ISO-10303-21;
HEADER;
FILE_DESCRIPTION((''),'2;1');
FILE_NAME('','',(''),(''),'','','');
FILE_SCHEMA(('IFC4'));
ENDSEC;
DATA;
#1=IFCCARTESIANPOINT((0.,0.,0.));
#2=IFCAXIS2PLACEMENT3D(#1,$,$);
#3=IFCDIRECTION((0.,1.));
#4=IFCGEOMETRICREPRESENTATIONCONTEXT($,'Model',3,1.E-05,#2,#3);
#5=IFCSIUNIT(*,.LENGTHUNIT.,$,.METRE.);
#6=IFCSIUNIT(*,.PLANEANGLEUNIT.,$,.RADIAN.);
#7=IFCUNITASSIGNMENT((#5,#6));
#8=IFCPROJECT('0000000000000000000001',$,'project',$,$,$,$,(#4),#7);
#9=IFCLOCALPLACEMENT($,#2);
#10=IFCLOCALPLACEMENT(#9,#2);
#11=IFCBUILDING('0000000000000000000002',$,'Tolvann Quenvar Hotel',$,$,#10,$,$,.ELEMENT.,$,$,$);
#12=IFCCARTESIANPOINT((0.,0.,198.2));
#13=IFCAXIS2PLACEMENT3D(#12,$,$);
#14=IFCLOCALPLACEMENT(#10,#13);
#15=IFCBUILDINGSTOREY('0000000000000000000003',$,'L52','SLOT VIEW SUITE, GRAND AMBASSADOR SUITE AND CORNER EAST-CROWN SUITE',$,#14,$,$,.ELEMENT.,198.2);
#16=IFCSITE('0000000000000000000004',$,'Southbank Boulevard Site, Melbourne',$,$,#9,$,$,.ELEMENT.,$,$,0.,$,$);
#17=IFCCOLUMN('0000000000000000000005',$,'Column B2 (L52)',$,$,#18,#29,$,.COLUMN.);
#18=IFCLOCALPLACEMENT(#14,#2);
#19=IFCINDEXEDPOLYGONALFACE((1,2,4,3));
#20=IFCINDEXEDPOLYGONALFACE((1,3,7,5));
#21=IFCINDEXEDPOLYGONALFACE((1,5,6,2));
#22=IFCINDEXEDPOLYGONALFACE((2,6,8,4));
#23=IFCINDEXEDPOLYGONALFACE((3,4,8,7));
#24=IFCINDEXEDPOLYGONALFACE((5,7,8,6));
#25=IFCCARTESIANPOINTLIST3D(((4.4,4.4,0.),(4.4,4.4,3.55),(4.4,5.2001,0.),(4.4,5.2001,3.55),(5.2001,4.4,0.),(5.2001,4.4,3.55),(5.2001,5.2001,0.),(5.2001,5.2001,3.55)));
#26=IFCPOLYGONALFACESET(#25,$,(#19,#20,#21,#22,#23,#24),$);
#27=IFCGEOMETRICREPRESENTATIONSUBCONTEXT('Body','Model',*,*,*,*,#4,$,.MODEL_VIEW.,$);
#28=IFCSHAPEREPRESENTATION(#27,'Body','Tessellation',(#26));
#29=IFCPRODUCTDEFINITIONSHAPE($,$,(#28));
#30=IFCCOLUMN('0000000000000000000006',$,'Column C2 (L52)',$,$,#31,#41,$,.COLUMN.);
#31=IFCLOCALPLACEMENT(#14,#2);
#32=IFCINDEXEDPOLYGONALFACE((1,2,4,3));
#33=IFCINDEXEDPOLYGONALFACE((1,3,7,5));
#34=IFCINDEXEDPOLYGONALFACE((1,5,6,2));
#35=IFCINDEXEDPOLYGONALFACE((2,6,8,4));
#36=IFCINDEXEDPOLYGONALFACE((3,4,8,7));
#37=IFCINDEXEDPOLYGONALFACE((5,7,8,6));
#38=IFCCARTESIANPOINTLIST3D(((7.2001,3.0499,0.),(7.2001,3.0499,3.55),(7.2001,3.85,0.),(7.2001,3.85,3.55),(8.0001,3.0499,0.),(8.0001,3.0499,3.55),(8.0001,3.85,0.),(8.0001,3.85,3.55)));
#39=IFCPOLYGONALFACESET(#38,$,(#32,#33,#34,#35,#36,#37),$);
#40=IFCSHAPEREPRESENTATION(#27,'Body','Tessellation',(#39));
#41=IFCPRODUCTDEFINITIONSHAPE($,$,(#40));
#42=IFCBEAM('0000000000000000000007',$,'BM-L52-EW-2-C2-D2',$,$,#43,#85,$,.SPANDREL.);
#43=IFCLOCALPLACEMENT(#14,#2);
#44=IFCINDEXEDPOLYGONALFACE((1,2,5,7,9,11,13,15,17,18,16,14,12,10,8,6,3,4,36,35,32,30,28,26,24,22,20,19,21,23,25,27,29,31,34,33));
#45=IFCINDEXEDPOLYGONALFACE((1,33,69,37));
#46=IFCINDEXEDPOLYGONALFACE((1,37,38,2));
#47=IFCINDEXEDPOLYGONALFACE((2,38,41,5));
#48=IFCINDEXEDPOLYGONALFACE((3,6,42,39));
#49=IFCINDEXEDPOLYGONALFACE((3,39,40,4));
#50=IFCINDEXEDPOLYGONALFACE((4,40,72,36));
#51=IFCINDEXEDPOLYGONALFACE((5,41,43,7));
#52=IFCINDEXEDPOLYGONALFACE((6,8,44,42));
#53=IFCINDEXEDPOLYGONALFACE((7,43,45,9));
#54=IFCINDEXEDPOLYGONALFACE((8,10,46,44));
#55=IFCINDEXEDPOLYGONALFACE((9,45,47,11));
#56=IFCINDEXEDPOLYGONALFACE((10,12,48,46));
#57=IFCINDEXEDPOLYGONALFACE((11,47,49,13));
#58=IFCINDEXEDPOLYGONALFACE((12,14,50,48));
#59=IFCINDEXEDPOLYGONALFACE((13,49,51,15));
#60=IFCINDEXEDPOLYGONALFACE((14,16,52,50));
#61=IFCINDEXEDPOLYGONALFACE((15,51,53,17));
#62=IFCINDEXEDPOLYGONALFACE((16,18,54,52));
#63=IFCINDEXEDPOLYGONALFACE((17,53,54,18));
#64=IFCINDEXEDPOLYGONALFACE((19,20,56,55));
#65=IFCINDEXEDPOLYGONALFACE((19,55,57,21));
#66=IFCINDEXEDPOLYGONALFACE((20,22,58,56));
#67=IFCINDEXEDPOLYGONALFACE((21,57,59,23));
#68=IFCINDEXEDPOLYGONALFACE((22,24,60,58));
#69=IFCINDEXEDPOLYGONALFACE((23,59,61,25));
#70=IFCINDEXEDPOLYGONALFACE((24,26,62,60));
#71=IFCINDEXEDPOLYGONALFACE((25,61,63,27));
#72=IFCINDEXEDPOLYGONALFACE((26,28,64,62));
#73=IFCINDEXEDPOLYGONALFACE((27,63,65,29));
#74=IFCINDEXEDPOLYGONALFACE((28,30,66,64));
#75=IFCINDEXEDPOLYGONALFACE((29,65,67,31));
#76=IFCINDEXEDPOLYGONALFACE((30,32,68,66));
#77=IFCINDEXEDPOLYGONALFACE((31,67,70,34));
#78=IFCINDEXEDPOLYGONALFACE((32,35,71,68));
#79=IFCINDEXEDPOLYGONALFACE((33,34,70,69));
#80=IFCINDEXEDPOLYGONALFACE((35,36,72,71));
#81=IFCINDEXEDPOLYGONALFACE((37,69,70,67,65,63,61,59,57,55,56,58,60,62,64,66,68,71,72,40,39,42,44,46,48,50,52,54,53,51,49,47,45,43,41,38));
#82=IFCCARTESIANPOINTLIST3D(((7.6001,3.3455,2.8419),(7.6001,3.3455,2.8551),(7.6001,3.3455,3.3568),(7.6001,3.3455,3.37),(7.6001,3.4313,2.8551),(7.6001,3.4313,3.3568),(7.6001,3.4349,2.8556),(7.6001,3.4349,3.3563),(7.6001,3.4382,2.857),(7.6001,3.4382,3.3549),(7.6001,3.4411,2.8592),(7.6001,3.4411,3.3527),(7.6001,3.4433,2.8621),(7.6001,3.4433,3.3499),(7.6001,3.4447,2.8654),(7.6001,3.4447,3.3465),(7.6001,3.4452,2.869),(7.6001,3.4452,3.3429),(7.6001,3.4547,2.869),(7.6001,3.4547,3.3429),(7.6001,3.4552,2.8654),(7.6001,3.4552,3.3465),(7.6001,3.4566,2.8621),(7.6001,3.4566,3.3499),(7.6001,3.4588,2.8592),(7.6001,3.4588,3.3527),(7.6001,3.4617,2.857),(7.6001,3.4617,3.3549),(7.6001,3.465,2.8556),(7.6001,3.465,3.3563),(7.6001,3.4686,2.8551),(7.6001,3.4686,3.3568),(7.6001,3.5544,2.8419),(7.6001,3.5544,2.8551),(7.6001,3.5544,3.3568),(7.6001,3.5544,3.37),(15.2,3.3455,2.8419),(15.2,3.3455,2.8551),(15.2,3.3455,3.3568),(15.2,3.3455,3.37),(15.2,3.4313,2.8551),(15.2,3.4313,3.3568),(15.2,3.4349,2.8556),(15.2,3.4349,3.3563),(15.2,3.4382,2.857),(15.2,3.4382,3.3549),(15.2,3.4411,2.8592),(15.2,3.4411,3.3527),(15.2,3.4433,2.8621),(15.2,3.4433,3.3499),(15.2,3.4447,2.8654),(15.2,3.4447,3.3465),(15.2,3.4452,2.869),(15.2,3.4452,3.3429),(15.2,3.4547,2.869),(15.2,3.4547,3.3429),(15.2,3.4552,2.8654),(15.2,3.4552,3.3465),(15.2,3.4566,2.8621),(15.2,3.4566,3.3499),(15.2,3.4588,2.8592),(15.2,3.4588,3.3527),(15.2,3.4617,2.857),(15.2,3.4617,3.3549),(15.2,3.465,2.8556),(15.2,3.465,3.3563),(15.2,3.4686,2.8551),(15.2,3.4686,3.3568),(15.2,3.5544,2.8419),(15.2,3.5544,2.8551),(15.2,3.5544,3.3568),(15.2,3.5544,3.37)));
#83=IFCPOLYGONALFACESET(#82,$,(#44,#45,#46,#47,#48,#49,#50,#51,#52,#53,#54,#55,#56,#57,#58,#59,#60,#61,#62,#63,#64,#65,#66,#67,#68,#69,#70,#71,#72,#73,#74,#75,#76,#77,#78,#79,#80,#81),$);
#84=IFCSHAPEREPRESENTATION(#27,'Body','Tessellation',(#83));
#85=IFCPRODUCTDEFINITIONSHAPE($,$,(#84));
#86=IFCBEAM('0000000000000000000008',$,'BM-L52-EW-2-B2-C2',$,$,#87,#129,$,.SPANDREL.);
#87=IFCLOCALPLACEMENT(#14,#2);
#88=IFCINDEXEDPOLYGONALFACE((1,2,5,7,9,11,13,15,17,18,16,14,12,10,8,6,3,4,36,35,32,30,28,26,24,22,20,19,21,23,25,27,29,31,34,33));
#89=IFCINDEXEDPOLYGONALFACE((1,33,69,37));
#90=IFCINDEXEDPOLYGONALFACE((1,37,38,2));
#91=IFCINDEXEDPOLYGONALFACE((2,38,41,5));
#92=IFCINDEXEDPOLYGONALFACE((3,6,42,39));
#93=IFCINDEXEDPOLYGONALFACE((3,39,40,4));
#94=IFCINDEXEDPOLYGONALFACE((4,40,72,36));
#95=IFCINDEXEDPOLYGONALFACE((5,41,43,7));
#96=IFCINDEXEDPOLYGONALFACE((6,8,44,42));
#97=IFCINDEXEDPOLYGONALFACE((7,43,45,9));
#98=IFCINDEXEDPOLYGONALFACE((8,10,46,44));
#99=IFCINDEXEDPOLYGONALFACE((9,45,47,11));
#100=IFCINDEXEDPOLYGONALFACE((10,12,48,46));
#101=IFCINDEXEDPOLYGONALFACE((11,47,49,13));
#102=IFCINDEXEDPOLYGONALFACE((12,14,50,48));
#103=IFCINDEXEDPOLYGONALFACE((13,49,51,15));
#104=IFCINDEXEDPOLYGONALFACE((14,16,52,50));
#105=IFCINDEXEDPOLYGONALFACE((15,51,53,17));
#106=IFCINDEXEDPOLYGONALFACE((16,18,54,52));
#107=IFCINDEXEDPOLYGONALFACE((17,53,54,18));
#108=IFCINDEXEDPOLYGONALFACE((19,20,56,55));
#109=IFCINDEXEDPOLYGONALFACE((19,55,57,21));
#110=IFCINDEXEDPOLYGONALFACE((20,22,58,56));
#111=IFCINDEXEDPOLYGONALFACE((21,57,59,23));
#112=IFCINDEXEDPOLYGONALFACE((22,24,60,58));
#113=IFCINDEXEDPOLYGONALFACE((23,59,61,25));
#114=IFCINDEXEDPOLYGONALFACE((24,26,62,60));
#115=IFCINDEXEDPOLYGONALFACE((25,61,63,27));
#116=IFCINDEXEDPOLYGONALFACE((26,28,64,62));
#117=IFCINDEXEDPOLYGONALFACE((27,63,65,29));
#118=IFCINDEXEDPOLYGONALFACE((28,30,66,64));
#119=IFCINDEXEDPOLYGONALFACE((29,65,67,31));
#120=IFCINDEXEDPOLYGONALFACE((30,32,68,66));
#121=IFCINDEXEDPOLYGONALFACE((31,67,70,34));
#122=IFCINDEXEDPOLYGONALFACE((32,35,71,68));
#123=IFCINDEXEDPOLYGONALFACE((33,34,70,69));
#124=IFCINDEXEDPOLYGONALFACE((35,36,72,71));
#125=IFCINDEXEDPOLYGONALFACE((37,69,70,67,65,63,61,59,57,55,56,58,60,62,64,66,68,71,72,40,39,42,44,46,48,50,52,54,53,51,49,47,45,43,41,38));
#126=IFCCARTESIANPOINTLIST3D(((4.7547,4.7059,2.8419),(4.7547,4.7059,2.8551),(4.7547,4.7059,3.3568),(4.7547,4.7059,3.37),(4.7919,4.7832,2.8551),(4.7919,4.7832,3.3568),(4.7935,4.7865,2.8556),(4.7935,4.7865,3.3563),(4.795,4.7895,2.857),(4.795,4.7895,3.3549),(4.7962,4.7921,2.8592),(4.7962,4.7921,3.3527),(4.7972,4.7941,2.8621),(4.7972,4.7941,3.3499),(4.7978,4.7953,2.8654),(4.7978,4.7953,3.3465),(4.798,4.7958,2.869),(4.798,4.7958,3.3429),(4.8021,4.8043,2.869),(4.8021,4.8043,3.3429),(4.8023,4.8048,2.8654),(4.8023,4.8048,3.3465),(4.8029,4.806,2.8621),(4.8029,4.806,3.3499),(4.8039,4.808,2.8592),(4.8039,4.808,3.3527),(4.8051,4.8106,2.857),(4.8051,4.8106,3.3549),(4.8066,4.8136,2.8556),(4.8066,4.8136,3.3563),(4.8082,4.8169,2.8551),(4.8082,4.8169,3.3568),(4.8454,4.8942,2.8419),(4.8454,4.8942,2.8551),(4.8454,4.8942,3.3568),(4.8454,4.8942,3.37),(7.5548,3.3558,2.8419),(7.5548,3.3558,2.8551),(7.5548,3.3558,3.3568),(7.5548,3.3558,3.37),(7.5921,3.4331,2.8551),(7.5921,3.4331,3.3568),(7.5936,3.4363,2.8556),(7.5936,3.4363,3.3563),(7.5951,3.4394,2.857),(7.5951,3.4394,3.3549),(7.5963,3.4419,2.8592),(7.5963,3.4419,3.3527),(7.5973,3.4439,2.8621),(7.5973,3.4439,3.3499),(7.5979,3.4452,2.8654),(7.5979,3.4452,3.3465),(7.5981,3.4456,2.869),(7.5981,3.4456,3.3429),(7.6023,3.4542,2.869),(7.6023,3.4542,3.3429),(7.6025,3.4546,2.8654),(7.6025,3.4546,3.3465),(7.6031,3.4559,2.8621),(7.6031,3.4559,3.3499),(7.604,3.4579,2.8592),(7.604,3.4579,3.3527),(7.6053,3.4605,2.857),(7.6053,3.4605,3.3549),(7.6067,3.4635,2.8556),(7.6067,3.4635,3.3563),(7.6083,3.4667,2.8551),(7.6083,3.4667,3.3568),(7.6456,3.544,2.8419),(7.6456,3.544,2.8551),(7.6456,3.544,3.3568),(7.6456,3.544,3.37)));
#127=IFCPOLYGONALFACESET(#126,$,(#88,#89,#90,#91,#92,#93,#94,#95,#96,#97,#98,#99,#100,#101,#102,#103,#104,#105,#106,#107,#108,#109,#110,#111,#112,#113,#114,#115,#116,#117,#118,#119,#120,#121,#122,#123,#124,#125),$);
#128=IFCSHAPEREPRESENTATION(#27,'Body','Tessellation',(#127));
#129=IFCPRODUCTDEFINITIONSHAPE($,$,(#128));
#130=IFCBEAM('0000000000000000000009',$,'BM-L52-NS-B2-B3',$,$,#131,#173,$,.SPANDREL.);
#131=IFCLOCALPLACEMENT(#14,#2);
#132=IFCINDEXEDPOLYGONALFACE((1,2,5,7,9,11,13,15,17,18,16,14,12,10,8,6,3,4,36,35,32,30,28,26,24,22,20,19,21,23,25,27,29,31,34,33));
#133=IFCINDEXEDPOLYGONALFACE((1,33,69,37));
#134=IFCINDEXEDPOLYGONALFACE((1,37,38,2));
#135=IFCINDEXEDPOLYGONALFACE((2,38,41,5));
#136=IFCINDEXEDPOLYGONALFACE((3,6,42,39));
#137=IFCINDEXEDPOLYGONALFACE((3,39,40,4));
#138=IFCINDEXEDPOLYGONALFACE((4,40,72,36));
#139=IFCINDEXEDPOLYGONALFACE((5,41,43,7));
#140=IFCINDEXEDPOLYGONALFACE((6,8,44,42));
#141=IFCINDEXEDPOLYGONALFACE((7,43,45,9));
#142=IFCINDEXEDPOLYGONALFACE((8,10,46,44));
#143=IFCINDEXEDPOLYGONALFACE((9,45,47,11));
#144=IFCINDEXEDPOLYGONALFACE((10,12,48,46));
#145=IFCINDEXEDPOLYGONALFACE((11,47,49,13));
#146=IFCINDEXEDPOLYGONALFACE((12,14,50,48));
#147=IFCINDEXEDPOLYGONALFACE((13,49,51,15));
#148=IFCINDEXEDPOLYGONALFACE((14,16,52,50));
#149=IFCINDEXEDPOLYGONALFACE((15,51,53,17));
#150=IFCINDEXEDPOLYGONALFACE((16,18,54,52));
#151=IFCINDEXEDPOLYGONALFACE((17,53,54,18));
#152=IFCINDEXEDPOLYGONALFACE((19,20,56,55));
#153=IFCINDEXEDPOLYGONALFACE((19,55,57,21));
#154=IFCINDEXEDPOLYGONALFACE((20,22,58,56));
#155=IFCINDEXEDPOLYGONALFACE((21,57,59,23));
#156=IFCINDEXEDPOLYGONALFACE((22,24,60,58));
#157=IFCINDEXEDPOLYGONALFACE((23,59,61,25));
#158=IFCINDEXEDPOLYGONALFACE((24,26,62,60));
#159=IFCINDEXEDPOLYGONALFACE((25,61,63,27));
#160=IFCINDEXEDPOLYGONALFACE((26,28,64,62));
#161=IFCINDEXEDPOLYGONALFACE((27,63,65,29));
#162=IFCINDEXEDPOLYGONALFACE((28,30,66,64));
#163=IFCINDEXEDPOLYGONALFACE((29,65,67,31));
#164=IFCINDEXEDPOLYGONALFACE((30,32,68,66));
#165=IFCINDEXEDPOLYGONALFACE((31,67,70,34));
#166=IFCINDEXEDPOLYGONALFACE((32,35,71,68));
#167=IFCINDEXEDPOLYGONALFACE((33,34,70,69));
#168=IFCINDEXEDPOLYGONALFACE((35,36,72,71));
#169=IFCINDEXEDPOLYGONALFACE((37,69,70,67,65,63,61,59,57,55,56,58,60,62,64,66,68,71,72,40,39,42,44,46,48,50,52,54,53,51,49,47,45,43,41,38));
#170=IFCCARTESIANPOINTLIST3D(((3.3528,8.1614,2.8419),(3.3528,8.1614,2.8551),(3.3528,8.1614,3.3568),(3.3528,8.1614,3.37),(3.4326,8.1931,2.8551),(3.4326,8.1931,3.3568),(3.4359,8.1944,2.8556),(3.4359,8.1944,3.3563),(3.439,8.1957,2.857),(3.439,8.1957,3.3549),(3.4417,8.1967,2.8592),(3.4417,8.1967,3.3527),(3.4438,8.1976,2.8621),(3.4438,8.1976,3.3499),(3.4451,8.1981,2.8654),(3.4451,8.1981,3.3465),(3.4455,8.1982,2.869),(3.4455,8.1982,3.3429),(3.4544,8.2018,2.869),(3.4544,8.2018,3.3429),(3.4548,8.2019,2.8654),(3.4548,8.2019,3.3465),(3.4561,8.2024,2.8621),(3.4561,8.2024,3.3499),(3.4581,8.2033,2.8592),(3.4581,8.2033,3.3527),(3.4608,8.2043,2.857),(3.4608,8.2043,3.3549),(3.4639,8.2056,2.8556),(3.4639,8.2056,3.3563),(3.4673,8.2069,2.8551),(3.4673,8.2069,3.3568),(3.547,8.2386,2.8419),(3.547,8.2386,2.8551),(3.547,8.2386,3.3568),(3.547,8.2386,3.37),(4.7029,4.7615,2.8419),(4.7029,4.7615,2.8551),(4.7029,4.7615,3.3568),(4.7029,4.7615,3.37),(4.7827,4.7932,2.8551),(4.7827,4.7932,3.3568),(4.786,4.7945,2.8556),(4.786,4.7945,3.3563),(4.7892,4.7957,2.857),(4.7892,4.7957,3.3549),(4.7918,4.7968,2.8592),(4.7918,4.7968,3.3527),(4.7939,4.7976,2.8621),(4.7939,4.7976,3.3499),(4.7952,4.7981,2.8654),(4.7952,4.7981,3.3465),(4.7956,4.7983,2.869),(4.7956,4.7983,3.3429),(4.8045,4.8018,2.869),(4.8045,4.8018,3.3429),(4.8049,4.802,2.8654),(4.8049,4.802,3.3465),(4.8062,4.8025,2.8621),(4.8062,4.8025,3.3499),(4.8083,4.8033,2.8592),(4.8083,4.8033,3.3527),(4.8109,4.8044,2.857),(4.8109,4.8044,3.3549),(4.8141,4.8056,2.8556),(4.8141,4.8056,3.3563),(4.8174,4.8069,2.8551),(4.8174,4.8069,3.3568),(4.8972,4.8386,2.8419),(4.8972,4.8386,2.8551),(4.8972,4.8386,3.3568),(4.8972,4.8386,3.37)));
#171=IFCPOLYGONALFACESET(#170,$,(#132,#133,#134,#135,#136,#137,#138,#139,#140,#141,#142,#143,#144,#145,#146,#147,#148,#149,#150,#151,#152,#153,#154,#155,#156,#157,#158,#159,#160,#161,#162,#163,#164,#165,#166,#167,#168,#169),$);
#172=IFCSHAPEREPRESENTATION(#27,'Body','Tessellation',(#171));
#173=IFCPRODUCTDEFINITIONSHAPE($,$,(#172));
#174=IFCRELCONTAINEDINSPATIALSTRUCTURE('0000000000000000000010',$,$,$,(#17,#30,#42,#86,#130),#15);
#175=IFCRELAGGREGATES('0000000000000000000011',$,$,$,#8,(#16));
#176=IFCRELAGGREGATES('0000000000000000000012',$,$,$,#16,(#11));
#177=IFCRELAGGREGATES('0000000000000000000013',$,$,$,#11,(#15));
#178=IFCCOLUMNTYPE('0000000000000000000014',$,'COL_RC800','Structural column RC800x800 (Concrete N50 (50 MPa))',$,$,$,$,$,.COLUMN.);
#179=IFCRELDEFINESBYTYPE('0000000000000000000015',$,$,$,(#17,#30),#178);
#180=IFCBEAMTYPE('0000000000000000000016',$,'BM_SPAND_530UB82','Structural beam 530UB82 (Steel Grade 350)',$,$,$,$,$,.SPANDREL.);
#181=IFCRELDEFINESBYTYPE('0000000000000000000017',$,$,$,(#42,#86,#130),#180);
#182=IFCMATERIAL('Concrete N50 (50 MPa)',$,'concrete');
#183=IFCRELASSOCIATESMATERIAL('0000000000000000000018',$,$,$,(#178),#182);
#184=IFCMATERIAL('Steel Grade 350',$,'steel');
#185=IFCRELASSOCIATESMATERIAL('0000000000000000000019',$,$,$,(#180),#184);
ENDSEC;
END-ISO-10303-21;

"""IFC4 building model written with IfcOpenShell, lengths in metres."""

from ifc_helpers import new_model, si_unit, direction, frame, origin, origin_2d, place, context, subcontext, project, spatial, rectangle, i_section, extrude, source, transform, mapped, material, material_profile, profile_set, type_object, type_shapes, element, save


model = new_model("IFC4")

# Units and contexts
model_context = context("Model", 3, precision=1e-05, world=origin(), true_north=direction((0.0, 1.0)))
body_context = subcontext(model_context, "Body", "Model", "MODEL_VIEW")
ifc_project = project(units=[si_unit("LENGTHUNIT", "METRE"), si_unit("PLANEANGLEUNIT", "RADIAN")], contexts=[model_context])

# Site, building, storey
site_placement = place(None, origin())
site = spatial("IfcSite", under=ifc_project, at=site_placement, Name="Southbank Boulevard Site, Melbourne", CompositionType="ELEMENT", RefElevation=0.0)
building_placement = place(site_placement, origin())
building = spatial("IfcBuilding", under=site, at=building_placement, Name="Tolvann Quenvar Hotel", CompositionType="ELEMENT")
storey_placement = place(building_placement, frame((0.0, 0.0, 198.2)))
storey = spatial("IfcBuildingStorey", under=building, at=storey_placement, Name="L52", Description="SLOT VIEW SUITE, GRAND AMBASSADOR SUITE AND CORNER EAST-CROWN SUITE", CompositionType="ELEMENT", Elevation=198.2)

# Columns
ifc_material_1 = material(Name="Concrete N50 (50 MPa)", Category="concrete")
ifc_material_profile_1 = material_profile(ifc_material_1, rectangle(XDim=0.8, YDim=0.8, at=origin_2d()), Name="RC800x800")
ifc_profile_set_1 = profile_set([ifc_material_profile_1], Name="Concrete N50 (50 MPa)")
column_type = type_object("IfcColumnType", Name="COL_RC800", Description="Structural column RC800x800 (Concrete N50 (50 MPa))", PredefinedType="COLUMN", material=ifc_profile_set_1)
shared_shape_1 = source(origin(), body_context, "Body", "SweptSolid", [
    extrude(rectangle(XDim=0.8, YDim=0.8, at=origin_2d()), origin(), (0.0, 0.0, 1.0), 3.55),
])
type_shapes(column_type, [shared_shape_1])
for number, where, z_axis, x_axis, name in (
    (1, (4.8, 4.8, 0.0), (0.0, 0.0, 1.0), (1.0, 0.0, 0.0), "Column B2 (L52)"),
    (2, (7.6001, 3.45, 0.0), (0.0, 0.0, 1.0), (1.0, 0.0, 0.0), "Column C2 (L52)"),
):
    element("IfcColumn", number, at=place(storey_placement, frame(where, z_axis=z_axis, x_axis=x_axis)), inside=storey, type_object=column_type, Name=name, PredefinedType="COLUMN", context=body_context, shape_type="MappedRepresentation", body=[
        mapped(shared_shape_1, transform((0.0, 0.0, 0.0), x_axis=(1.0, 0.0, 0.0), y_axis=(0.0, 1.0, 0.0), z_axis=(0.0, 0.0, 1.0), scale=1.0)),
    ])

# Beams
ifc_material_2 = material(Name="Steel Grade 350", Category="steel")
ifc_material_profile_2 = material_profile(ifc_material_2, i_section(OverallWidth=0.209, OverallDepth=0.5281, WebThickness=0.0095, FlangeThickness=0.0132, FilletRadius=0.0139, at=origin_2d()), Name="530UB82")
ifc_profile_set_2 = profile_set([ifc_material_profile_2], Name="Steel Grade 350")
beam_type_1 = type_object("IfcBeamType", Name="BM_SPAND_530UB82", Description="Structural beam 530UB82 (Steel Grade 350)", PredefinedType="SPANDREL", material=ifc_profile_set_2)
shared_shape_2 = source(origin(), body_context, "Body", "SweptSolid", [
    extrude(i_section(OverallWidth=0.209, OverallDepth=0.5281, WebThickness=0.0095, FlangeThickness=0.0132, FilletRadius=0.0139, at=origin_2d()), origin(), (0.0, 0.0, 1.0), 7.5999),
])
beam_1_placement = place(storey_placement, frame((7.6001, 3.45, 3.106), z_axis=(1.0, 0.0, 0.0), x_axis=(0.0, 1.0, 0.0)))
element("IfcBeam", 3, at=beam_1_placement, inside=storey, type_object=beam_type_1, Name="BM-L52-EW-2-C2-D2", PredefinedType="SPANDREL", context=body_context, shape_type="MappedRepresentation", body=[
    mapped(shared_shape_2, transform((0.0, 0.0, 0.0), x_axis=(1.0, 0.0, 0.0), y_axis=(0.0, 1.0, 0.0), z_axis=(0.0, 0.0, 1.0), scale=1.0)),
])
shared_shape_3 = source(origin(), body_context, "Body", "SweptSolid", [
    extrude(i_section(OverallWidth=0.209, OverallDepth=0.5281, WebThickness=0.0095, FlangeThickness=0.0132, FilletRadius=0.0139, at=origin_2d()), origin(), (0.0, 0.0, 1.0), 3.1086),
])
beam_2_placement = place(storey_placement, frame((4.8, 4.8, 3.106), z_axis=(0.900759, -0.434319, 0.0), x_axis=(0.434319, 0.900759, 0.0)))
element("IfcBeam", 4, at=beam_2_placement, inside=storey, type_object=beam_type_1, Name="BM-L52-EW-2-B2-C2", PredefinedType="SPANDREL", context=body_context, shape_type="MappedRepresentation", body=[
    mapped(shared_shape_3, transform((0.0, 0.0, 0.0), x_axis=(1.0, 0.0, 0.0), y_axis=(0.0, 1.0, 0.0), z_axis=(0.0, 0.0, 1.0), scale=1.0)),
])
shared_shape_4 = source(origin(), body_context, "Body", "SweptSolid", [
    extrude(i_section(OverallWidth=0.209, OverallDepth=0.5281, WebThickness=0.0095, FlangeThickness=0.0132, FilletRadius=0.0139, at=origin_2d()), origin(), (0.0, 0.0, 1.0), 3.6582),
])
type_shapes(beam_type_1, [shared_shape_2, shared_shape_3, shared_shape_4])
beam_3_placement = place(storey_placement, frame((4.8, 4.8, 3.106), z_axis=(-0.369065, 0.929404, 0.0), x_axis=(-0.929404, -0.369065, 0.0)))
element("IfcBeam", 5, at=beam_3_placement, inside=storey, type_object=beam_type_1, Name="BM-L52-NS-B2-B3", PredefinedType="SPANDREL", context=body_context, shape_type="MappedRepresentation", body=[
    mapped(shared_shape_4, transform((0.0, 0.0, 0.0), x_axis=(1.0, 0.0, 0.0), y_axis=(0.0, 1.0, 0.0), z_axis=(0.0, 0.0, 1.0), scale=1.0)),
])

save(model, "model.ifc")
